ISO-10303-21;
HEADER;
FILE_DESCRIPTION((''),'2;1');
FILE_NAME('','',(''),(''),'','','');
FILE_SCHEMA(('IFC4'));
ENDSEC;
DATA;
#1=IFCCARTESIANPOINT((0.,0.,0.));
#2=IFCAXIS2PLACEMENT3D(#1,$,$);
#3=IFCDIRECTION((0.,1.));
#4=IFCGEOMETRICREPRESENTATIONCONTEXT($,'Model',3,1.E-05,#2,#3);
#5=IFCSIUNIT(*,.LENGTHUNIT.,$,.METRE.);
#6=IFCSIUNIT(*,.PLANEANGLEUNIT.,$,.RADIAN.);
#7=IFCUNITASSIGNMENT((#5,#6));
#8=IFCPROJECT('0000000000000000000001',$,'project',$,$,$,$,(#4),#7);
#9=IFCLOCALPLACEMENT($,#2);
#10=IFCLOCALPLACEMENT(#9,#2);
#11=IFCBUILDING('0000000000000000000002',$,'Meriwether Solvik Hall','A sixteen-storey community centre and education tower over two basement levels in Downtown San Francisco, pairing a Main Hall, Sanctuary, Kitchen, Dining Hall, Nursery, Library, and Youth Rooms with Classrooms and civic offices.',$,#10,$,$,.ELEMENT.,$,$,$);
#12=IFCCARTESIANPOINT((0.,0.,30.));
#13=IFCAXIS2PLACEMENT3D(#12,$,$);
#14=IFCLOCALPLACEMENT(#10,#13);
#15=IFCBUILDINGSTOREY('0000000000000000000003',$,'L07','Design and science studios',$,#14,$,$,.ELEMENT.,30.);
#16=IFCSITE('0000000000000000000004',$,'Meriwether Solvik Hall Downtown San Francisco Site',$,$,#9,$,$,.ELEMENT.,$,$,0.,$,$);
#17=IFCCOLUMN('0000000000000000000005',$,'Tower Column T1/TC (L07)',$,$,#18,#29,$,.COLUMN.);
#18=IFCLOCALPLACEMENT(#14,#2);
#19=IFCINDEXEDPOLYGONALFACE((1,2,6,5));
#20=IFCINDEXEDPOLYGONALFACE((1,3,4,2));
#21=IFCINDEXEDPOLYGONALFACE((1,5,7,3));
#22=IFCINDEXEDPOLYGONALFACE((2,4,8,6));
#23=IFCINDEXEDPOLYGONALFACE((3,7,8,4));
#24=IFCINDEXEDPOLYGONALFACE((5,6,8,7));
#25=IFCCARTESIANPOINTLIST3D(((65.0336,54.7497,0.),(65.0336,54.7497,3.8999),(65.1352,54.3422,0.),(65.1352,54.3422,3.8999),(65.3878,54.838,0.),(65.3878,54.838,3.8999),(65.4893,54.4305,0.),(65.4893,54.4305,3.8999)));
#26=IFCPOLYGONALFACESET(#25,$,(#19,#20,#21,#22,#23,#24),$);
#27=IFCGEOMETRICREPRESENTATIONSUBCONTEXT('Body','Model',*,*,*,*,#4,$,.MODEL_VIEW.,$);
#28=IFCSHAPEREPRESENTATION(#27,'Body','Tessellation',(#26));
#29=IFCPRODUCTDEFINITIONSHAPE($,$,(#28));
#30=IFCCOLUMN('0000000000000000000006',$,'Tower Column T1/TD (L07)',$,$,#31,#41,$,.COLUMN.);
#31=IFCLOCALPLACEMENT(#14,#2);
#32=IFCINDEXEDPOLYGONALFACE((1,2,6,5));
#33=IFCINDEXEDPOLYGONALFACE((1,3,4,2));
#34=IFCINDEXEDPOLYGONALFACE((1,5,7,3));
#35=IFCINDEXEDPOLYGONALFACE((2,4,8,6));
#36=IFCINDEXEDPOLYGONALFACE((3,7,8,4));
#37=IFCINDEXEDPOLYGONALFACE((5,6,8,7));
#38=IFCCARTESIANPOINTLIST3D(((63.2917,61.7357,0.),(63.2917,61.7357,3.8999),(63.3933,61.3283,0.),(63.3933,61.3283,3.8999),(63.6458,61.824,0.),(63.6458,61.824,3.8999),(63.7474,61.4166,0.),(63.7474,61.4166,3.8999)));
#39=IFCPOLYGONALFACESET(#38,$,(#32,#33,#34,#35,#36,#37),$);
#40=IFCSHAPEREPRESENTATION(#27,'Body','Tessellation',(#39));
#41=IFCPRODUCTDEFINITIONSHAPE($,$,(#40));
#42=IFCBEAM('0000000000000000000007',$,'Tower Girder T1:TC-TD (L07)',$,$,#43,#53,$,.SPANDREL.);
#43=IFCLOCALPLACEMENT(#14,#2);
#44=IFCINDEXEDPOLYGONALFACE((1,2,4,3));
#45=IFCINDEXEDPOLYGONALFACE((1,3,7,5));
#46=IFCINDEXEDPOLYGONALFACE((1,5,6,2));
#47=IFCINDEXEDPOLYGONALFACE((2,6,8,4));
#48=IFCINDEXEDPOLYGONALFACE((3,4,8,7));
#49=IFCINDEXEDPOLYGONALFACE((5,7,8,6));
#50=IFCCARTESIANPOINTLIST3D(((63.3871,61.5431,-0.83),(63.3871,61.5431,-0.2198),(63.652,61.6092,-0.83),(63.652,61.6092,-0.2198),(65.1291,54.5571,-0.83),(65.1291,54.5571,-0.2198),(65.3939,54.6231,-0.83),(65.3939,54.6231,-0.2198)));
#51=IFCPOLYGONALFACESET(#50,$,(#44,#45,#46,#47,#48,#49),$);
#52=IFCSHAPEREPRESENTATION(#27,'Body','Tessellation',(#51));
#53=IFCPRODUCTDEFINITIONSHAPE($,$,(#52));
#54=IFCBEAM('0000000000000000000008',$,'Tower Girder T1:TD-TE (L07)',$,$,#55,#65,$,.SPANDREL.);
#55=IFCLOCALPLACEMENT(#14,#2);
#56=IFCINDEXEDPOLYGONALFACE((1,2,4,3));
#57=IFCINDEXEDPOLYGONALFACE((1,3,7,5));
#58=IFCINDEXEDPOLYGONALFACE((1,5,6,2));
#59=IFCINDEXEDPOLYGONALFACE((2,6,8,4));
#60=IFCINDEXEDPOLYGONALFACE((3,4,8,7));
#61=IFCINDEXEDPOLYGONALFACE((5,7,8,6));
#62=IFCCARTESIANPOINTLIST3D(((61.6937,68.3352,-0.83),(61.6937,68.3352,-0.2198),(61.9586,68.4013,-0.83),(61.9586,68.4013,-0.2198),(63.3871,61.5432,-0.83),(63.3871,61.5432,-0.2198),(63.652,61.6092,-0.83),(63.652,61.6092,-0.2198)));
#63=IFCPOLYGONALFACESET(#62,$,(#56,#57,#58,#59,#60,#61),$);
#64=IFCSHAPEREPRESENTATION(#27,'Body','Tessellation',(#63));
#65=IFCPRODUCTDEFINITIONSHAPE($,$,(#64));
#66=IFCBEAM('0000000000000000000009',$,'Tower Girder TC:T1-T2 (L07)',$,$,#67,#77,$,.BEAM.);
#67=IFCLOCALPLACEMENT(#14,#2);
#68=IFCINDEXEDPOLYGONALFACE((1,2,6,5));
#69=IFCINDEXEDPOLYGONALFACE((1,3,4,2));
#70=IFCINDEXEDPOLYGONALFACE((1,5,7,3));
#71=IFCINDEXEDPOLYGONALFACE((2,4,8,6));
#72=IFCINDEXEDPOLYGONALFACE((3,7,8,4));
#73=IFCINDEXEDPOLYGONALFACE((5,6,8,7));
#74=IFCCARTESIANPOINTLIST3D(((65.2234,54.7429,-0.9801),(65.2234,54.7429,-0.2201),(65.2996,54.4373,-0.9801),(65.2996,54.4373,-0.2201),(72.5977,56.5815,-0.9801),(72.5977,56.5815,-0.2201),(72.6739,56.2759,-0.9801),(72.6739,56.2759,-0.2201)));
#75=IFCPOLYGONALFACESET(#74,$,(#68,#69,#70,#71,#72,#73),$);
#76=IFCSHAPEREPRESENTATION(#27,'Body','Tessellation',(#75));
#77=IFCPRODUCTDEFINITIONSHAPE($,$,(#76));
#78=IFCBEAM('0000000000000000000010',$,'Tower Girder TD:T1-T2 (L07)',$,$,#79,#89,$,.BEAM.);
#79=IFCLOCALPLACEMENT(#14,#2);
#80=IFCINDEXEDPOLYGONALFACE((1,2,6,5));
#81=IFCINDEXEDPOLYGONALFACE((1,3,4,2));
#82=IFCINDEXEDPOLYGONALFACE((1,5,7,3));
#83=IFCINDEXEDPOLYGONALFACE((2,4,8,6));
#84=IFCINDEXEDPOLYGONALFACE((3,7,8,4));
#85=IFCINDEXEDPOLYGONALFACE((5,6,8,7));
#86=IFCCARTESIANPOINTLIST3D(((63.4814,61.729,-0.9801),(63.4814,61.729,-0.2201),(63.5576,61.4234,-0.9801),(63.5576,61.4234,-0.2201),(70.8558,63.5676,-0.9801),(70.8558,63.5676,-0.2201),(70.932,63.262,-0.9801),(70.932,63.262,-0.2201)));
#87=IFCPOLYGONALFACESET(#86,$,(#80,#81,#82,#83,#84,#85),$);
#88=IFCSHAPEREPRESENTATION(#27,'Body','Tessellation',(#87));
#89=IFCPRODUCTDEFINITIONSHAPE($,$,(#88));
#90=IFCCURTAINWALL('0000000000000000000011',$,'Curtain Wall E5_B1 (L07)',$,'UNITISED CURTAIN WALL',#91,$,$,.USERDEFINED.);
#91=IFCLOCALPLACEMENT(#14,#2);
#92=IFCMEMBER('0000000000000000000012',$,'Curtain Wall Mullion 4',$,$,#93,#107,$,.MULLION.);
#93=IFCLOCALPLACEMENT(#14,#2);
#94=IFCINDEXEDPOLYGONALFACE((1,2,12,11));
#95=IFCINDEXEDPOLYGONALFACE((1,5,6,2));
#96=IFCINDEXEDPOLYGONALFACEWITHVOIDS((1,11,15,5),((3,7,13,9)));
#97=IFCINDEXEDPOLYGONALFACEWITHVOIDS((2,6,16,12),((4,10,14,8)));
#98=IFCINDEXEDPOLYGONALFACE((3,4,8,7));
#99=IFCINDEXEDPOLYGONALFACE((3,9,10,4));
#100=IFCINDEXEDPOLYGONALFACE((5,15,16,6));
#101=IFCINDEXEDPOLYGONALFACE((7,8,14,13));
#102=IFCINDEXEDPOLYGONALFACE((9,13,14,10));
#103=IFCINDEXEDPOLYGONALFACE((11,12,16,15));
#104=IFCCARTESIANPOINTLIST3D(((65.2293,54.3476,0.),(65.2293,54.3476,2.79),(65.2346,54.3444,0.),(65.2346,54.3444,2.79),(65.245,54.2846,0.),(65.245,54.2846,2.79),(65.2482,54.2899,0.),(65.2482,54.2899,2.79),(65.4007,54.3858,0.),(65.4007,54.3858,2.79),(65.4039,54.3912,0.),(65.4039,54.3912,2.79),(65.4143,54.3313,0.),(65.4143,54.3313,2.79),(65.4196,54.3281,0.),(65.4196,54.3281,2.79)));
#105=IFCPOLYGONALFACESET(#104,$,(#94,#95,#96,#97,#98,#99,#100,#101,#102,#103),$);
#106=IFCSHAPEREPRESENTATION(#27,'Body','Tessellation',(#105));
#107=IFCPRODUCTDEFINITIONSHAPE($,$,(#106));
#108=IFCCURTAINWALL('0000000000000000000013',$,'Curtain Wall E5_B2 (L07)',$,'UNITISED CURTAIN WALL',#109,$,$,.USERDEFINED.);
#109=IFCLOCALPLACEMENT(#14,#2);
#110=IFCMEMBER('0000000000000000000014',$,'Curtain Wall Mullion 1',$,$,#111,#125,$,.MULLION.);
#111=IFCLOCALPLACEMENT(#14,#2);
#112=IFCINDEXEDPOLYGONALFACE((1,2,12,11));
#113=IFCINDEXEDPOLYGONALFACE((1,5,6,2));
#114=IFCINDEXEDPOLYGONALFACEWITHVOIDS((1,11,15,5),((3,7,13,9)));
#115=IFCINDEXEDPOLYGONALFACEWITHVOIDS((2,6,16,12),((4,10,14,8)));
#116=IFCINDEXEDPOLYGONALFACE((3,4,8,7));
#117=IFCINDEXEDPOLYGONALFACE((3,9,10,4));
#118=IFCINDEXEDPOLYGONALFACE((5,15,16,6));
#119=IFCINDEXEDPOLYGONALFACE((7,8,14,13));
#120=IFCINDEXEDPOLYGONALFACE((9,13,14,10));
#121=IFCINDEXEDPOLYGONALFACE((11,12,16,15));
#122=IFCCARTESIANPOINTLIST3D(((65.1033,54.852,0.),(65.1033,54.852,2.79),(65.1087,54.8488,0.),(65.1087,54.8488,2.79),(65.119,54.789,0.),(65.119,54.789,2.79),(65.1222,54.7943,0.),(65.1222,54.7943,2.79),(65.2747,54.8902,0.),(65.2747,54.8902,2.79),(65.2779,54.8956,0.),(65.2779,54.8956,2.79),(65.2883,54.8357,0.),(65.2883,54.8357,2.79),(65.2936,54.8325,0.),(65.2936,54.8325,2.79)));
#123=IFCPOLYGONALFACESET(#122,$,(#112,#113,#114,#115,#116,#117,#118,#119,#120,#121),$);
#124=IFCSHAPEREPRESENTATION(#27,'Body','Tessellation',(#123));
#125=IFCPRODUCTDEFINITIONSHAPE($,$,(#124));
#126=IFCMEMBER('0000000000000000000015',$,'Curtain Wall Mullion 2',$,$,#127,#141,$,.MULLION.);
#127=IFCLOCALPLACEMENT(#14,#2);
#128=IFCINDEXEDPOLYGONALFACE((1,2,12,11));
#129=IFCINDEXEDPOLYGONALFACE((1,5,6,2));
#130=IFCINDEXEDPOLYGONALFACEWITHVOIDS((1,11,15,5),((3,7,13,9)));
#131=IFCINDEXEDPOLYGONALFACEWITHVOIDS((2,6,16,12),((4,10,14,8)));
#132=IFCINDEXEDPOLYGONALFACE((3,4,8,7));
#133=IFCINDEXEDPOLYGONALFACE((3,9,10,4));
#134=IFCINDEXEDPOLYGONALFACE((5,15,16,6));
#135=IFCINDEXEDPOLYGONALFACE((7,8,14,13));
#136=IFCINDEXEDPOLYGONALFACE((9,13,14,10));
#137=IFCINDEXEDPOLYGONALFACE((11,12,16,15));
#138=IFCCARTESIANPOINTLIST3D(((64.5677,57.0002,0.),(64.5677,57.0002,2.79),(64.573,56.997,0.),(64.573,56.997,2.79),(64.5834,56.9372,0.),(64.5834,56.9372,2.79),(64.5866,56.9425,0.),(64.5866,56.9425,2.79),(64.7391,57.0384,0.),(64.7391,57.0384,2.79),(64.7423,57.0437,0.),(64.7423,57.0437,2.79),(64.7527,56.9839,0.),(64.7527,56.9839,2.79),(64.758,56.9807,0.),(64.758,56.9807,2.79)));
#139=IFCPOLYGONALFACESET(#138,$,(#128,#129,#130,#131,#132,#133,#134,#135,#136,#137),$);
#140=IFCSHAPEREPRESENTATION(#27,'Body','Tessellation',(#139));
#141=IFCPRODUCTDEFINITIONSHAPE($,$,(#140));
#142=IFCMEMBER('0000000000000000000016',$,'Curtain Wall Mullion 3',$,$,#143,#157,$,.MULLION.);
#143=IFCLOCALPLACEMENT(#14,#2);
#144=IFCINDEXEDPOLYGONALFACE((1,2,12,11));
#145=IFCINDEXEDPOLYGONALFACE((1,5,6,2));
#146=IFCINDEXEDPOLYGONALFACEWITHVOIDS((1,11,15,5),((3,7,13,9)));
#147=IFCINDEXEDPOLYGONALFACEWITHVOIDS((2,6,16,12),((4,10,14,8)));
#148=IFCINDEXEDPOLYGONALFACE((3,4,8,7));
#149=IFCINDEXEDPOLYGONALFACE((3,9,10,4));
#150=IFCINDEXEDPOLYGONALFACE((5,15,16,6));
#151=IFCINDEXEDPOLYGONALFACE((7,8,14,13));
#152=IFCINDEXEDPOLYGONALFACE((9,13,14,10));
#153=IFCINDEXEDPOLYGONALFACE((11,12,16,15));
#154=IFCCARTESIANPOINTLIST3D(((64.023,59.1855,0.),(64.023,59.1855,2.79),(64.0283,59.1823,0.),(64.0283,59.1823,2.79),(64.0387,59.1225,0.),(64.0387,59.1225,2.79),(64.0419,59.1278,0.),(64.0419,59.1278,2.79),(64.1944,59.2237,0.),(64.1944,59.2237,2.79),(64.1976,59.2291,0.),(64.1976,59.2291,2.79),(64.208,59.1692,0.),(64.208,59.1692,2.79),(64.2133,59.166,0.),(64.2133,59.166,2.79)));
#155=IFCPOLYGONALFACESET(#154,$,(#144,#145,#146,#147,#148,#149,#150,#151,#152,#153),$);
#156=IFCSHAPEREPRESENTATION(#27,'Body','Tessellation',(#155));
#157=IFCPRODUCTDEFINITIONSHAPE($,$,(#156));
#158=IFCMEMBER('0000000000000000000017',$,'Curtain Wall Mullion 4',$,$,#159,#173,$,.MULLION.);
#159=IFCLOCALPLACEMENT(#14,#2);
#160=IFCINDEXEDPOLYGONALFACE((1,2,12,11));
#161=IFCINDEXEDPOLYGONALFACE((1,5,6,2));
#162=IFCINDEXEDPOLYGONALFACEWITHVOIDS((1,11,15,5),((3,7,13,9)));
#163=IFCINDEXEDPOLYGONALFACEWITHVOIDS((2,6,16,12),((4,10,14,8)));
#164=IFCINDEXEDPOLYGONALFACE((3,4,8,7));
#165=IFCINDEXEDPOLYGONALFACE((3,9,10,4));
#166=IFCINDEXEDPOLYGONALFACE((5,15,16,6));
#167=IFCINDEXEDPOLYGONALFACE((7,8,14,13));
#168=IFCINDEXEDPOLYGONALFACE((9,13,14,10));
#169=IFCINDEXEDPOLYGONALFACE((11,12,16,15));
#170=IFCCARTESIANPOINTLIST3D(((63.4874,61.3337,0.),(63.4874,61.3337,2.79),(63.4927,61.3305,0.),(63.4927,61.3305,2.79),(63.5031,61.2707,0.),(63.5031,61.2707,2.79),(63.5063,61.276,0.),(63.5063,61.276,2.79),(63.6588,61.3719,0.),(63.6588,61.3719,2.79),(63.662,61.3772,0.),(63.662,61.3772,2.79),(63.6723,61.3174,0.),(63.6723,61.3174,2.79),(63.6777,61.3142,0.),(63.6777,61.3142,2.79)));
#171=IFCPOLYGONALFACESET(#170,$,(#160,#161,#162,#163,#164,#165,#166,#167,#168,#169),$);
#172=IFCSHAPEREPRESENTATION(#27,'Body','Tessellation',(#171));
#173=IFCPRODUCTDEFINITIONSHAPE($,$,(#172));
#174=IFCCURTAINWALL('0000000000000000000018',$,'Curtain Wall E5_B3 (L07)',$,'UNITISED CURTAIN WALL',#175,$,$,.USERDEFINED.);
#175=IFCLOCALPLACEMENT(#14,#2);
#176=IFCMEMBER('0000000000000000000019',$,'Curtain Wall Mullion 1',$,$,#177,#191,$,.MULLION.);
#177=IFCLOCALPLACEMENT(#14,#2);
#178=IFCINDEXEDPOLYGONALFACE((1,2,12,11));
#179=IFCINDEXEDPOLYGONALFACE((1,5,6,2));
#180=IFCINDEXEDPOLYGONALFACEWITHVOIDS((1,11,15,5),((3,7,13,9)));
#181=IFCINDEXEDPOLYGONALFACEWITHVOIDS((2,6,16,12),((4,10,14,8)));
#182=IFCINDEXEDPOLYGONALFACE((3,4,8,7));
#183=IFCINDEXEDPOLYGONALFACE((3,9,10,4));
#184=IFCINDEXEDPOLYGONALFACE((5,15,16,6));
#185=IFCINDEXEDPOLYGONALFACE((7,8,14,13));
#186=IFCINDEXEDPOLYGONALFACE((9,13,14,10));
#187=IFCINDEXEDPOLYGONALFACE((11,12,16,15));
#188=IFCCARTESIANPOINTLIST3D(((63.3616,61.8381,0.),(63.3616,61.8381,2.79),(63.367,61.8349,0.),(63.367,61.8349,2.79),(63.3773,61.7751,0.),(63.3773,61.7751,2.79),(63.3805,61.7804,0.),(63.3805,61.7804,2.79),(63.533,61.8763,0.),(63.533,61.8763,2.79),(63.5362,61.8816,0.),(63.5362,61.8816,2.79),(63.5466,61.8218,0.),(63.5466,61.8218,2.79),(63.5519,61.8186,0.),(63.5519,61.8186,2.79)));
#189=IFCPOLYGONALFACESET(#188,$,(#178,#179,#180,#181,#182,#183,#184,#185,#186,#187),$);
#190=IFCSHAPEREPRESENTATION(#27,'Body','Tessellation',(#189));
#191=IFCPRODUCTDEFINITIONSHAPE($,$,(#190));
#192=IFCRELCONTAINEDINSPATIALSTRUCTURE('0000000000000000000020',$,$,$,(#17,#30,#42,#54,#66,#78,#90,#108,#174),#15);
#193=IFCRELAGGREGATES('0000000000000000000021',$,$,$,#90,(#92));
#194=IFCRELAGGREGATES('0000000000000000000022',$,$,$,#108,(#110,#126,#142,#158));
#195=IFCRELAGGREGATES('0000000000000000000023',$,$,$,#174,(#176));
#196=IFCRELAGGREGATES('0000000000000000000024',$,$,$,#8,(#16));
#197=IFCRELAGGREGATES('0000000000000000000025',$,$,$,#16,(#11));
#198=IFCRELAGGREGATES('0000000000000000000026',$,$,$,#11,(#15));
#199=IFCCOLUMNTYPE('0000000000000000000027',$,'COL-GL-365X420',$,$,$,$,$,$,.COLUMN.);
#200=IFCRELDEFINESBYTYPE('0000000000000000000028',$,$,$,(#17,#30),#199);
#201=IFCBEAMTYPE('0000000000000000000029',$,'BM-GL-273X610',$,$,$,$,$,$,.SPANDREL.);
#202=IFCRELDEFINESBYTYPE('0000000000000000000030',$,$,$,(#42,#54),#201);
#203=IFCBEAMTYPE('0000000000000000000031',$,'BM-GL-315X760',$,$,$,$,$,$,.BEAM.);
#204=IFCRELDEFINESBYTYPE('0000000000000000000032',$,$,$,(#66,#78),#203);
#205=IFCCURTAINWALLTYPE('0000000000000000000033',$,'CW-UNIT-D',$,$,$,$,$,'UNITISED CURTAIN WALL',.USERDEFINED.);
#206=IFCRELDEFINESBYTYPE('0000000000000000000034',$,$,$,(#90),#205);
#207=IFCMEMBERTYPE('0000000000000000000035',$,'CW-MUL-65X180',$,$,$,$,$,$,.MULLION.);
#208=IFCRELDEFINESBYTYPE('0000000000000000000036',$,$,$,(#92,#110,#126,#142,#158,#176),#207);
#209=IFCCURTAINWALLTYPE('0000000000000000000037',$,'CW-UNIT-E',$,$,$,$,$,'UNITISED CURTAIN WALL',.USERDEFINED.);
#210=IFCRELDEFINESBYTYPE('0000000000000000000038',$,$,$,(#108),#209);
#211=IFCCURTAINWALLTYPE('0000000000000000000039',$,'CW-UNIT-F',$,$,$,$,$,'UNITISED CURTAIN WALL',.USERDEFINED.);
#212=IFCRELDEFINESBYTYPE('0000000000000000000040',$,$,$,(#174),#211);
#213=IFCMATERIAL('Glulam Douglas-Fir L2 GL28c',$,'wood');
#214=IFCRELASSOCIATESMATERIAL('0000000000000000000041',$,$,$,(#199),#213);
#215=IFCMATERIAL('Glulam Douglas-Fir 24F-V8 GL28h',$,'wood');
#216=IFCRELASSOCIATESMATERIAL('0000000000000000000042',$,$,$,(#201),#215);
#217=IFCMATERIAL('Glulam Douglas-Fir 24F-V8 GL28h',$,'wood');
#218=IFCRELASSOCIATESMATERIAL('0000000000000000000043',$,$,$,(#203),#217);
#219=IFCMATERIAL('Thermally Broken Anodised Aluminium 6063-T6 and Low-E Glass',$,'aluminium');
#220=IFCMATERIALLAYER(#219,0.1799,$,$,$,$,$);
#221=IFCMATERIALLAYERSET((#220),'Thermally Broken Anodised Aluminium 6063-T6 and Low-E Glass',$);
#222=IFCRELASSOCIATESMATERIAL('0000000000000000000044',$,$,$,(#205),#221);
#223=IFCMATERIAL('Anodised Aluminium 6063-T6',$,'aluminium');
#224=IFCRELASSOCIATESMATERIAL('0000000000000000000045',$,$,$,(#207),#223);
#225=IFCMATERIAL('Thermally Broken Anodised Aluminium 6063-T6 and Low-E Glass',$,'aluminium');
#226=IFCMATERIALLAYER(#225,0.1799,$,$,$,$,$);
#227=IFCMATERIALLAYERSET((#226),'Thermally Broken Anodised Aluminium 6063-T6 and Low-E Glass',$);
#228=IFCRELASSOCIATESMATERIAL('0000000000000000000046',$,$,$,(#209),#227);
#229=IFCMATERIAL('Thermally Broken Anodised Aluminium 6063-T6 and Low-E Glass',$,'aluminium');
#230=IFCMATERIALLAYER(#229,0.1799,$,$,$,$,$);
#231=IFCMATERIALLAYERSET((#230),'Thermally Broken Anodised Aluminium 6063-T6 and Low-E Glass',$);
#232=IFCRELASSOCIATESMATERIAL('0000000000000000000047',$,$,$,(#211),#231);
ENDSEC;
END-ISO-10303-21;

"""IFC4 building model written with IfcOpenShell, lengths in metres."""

from ifc_helpers import new_model, si_unit, direction, frame, origin, origin_2d, place, context, subcontext, project, spatial, rectangle, hollow_rectangle, extrude, material, layer, layer_set, material_profile, profile_set, type_object, element, aggregate, save


model = new_model("IFC4")

# Units and contexts
model_context = context("Model", 3, precision=1e-05, world=origin(), true_north=direction((0.0, 1.0)))
body_context = subcontext(model_context, "Body", "Model", "MODEL_VIEW")
ifc_project = project(units=[si_unit("LENGTHUNIT", "METRE"), si_unit("PLANEANGLEUNIT", "RADIAN")], contexts=[model_context])

# Site, building, storey
site_placement = place(None, origin())
site = spatial("IfcSite", under=ifc_project, at=site_placement, Name="Meriwether Solvik Hall Downtown San Francisco Site", CompositionType="ELEMENT", RefElevation=0.0)
building_placement = place(site_placement, origin())
building = spatial("IfcBuilding", under=site, at=building_placement, Name="Meriwether Solvik Hall", Description="A sixteen-storey community centre and education tower over two basement levels in Downtown San Francisco, pairing a Main Hall, Sanctuary, Kitchen, Dining Hall, Nursery, Library, and Youth Rooms with Classrooms and civic offices.", CompositionType="ELEMENT")
storey_placement = place(building_placement, frame((0.0, 0.0, 30.0)))
storey = spatial("IfcBuildingStorey", under=building, at=storey_placement, Name="L07", Description="Design and science studios", CompositionType="ELEMENT", Elevation=30.0)

# Columns
ifc_material_1 = material(Name="Glulam Douglas-Fir L2 GL28c", Category="wood")
ifc_material_profile_1 = material_profile(ifc_material_1, rectangle(XDim=0.365, YDim=0.4199, at=origin_2d()), Name="GLC-365X420")
ifc_profile_set_1 = profile_set([ifc_material_profile_1], Name="Glulam Douglas-Fir L2 GL28c")
column_type = type_object("IfcColumnType", Name="COL-GL-365X420", PredefinedType="COLUMN", material=ifc_profile_set_1)
for number, where, z_axis, x_axis, name in (
    (1, (65.2615, 54.5901, 0.0), (0.0, 0.0, 1.0), (0.970296, 0.241922, 0.0), "Tower Column T1/TC (L07)"),
    (2, (63.5195, 61.5762, 0.0), (0.0, 0.0, 1.0), (0.970296, 0.241922, 0.0), "Tower Column T1/TD (L07)"),
):
    element("IfcColumn", number, at=place(storey_placement, frame(where, z_axis=z_axis, x_axis=x_axis)), inside=storey, type_object=column_type, Name=name, PredefinedType="COLUMN", context=body_context, shape_type="SweptSolid", body=[
        extrude(rectangle(XDim=0.365, YDim=0.4199, at=origin_2d()), origin(), (0.0, 0.0, 1.0), 3.8999),
    ])

# Beams
ifc_material_2 = material(Name="Glulam Douglas-Fir 24F-V8 GL28h", Category="wood")
ifc_material_profile_2 = material_profile(ifc_material_2, rectangle(XDim=0.2729, YDim=0.6101, at=origin_2d()), Name="GLB-273X610")
ifc_profile_set_2 = profile_set([ifc_material_profile_2], Name="Glulam Douglas-Fir 24F-V8 GL28h")
beam_type_1 = type_object("IfcBeamType", Name="BM-GL-273X610", PredefinedType="SPANDREL", material=ifc_profile_set_2)
beam_1_placement = place(storey_placement, frame((65.2615, 54.5901, -0.5249), z_axis=(-0.241937, 0.970292, 0.0), x_axis=(-0.970292, -0.241937, 0.0)))
element("IfcBeam", 3, at=beam_1_placement, inside=storey, type_object=beam_type_1, Name="Tower Girder T1:TC-TD (L07)", PredefinedType="SPANDREL", context=body_context, shape_type="SweptSolid", body=[
    extrude(rectangle(XDim=0.2729, YDim=0.6101, at=origin_2d()), origin(), (0.0, 0.0, 1.0), 7.2),
])
beam_2_placement = place(storey_placement, frame((63.5195, 61.5762, -0.5249), z_axis=(-0.241912, 0.970298, 0.0), x_axis=(-0.970298, -0.241912, 0.0)))
element("IfcBeam", 4, at=beam_2_placement, inside=storey, type_object=beam_type_1, Name="Tower Girder T1:TD-TE (L07)", PredefinedType="SPANDREL", context=body_context, shape_type="SweptSolid", body=[
    extrude(rectangle(XDim=0.2729, YDim=0.6101, at=origin_2d()), origin(), (0.0, 0.0, 1.0), 7.0),
])
ifc_material_3 = material(Name="Glulam Douglas-Fir 24F-V8 GL28h", Category="wood")
ifc_material_profile_3 = material_profile(ifc_material_3, rectangle(XDim=0.3149, YDim=0.76, at=origin_2d()), Name="GLB-315X760")
ifc_profile_set_3 = profile_set([ifc_material_profile_3], Name="Glulam Douglas-Fir 24F-V8 GL28h")
beam_type_2 = type_object("IfcBeamType", Name="BM-GL-315X760", PredefinedType="BEAM", material=ifc_profile_set_3)
for number, where, z_axis, x_axis, name in (
    (5, (65.2615, 54.5901, -0.6001), (0.970295, 0.241923, 0.0), (-0.241923, 0.970295, 0.0), "Tower Girder TC:T1-T2 (L07)"),
    (6, (63.5195, 61.5762, -0.6001), (0.970295, 0.241923, 0.0), (-0.241923, 0.970295, 0.0), "Tower Girder TD:T1-T2 (L07)"),
):
    element("IfcBeam", number, at=place(storey_placement, frame(where, z_axis=z_axis, x_axis=x_axis)), inside=storey, type_object=beam_type_2, Name=name, PredefinedType="BEAM", context=body_context, shape_type="SweptSolid", body=[
        extrude(rectangle(XDim=0.3149, YDim=0.76, at=origin_2d()), origin(), (0.0, 0.0, 1.0), 7.6001),
    ])

# Curtain wall, member
ifc_material_4 = material(Name="Thermally Broken Anodised Aluminium 6063-T6 and Low-E Glass", Category="aluminium")
ifc_layer_1 = layer(ifc_material_4, 0.1799)
ifc_layer_set_1 = layer_set([ifc_layer_1], Name="Thermally Broken Anodised Aluminium 6063-T6 and Low-E Glass")
curtain_wall_type_1 = type_object("IfcCurtainWallType", Name="CW-UNIT-D", ElementType="UNITISED CURTAIN WALL", PredefinedType="USERDEFINED", material=ifc_layer_set_1)
curtain_wall_1_placement = place(storey_placement, origin())
curtain_wall_1 = element("IfcCurtainWall", 7, at=curtain_wall_1_placement, inside=storey, type_object=curtain_wall_type_1, Name="Curtain Wall E5_B1 (L07)", ObjectType="UNITISED CURTAIN WALL", PredefinedType="USERDEFINED")
ifc_material_5 = material(Name="Anodised Aluminium 6063-T6", Category="aluminium")
ifc_material_profile_4 = material_profile(ifc_material_5, hollow_rectangle(XDim=0.0649, YDim=0.1799, WallThickness=0.0044, at=origin_2d()), Name="CWM-65X180")
ifc_profile_set_4 = profile_set([ifc_material_profile_4], Name="Anodised Aluminium 6063-T6")
member_type_1 = type_object("IfcMemberType", Name="CW-MUL-65X180", PredefinedType="MULLION", material=ifc_profile_set_4)
member_1_placement = place(storey_placement, frame((65.3245, 54.3379, 0.0), z_axis=(0.0, 0.0, 1.0), x_axis=(-0.241922, 0.970296, 0.0)))
member_1 = element("IfcMember", 8, at=member_1_placement, type_object=member_type_1, Name="Curtain Wall Mullion 4", PredefinedType="MULLION", context=body_context, shape_type="SweptSolid", body=[
    extrude(hollow_rectangle(XDim=0.0649, YDim=0.1799, WallThickness=0.0044, at=origin_2d()), origin(), (0.0, 0.0, 1.0), 2.79),
])

# Curtain wall, members
ifc_material_6 = material(Name="Thermally Broken Anodised Aluminium 6063-T6 and Low-E Glass", Category="aluminium")
ifc_layer_2 = layer(ifc_material_6, 0.1799)
ifc_layer_set_2 = layer_set([ifc_layer_2], Name="Thermally Broken Anodised Aluminium 6063-T6 and Low-E Glass")
curtain_wall_type_2 = type_object("IfcCurtainWallType", Name="CW-UNIT-E", ElementType="UNITISED CURTAIN WALL", PredefinedType="USERDEFINED", material=ifc_layer_set_2)
curtain_wall_2_placement = place(storey_placement, origin())
curtain_wall_2 = element("IfcCurtainWall", 9, at=curtain_wall_2_placement, inside=storey, type_object=curtain_wall_type_2, Name="Curtain Wall E5_B2 (L07)", ObjectType="UNITISED CURTAIN WALL", PredefinedType="USERDEFINED")
member_2_placement = place(storey_placement, frame((65.1985, 54.8423, 0.0), z_axis=(0.0, 0.0, 1.0), x_axis=(-0.241922, 0.970296, 0.0)))
member_2 = element("IfcMember", 10, at=member_2_placement, type_object=member_type_1, Name="Curtain Wall Mullion 1", PredefinedType="MULLION", context=body_context, shape_type="SweptSolid", body=[
    extrude(hollow_rectangle(XDim=0.0649, YDim=0.1799, WallThickness=0.0044, at=origin_2d()), origin(), (0.0, 0.0, 1.0), 2.79),
])
member_3_placement = place(storey_placement, frame((64.6628, 56.9905, 0.0), z_axis=(0.0, 0.0, 1.0), x_axis=(-0.241922, 0.970296, 0.0)))
member_3 = element("IfcMember", 11, at=member_3_placement, type_object=member_type_1, Name="Curtain Wall Mullion 2", PredefinedType="MULLION", context=body_context, shape_type="SweptSolid", body=[
    extrude(hollow_rectangle(XDim=0.0649, YDim=0.1799, WallThickness=0.0044, at=origin_2d()), origin(), (0.0, 0.0, 1.0), 2.79),
])
member_4_placement = place(storey_placement, frame((64.1182, 59.1758, 0.0), z_axis=(0.0, 0.0, 1.0), x_axis=(-0.241922, 0.970296, 0.0)))
member_4 = element("IfcMember", 12, at=member_4_placement, type_object=member_type_1, Name="Curtain Wall Mullion 3", PredefinedType="MULLION", context=body_context, shape_type="SweptSolid", body=[
    extrude(hollow_rectangle(XDim=0.0649, YDim=0.1799, WallThickness=0.0044, at=origin_2d()), origin(), (0.0, 0.0, 1.0), 2.79),
])
member_5_placement = place(storey_placement, frame((63.5825, 61.324, 0.0), z_axis=(0.0, 0.0, 1.0), x_axis=(-0.241922, 0.970296, 0.0)))
member_5 = element("IfcMember", 13, at=member_5_placement, type_object=member_type_1, Name="Curtain Wall Mullion 4", PredefinedType="MULLION", context=body_context, shape_type="SweptSolid", body=[
    extrude(hollow_rectangle(XDim=0.0649, YDim=0.1799, WallThickness=0.0044, at=origin_2d()), origin(), (0.0, 0.0, 1.0), 2.79),
])

# Curtain wall, member
ifc_material_7 = material(Name="Thermally Broken Anodised Aluminium 6063-T6 and Low-E Glass", Category="aluminium")
ifc_layer_3 = layer(ifc_material_7, 0.1799)
ifc_layer_set_3 = layer_set([ifc_layer_3], Name="Thermally Broken Anodised Aluminium 6063-T6 and Low-E Glass")
curtain_wall_type_3 = type_object("IfcCurtainWallType", Name="CW-UNIT-F", ElementType="UNITISED CURTAIN WALL", PredefinedType="USERDEFINED", material=ifc_layer_set_3)
curtain_wall_3_placement = place(storey_placement, origin())
curtain_wall_3 = element("IfcCurtainWall", 14, at=curtain_wall_3_placement, inside=storey, type_object=curtain_wall_type_3, Name="Curtain Wall E5_B3 (L07)", ObjectType="UNITISED CURTAIN WALL", PredefinedType="USERDEFINED")
member_6_placement = place(storey_placement, frame((63.4568, 61.8284, 0.0), z_axis=(0.0, 0.0, 1.0), x_axis=(-0.241922, 0.970296, 0.0)))
member_6 = element("IfcMember", 15, at=member_6_placement, type_object=member_type_1, Name="Curtain Wall Mullion 1", PredefinedType="MULLION", context=body_context, shape_type="SweptSolid", body=[
    extrude(hollow_rectangle(XDim=0.0649, YDim=0.1799, WallThickness=0.0044, at=origin_2d()), origin(), (0.0, 0.0, 1.0), 2.79),
])

aggregate(curtain_wall_1, [member_1])
aggregate(curtain_wall_2, [member_2, member_3, member_4, member_5])
aggregate(curtain_wall_3, [member_6])

save(model, "model.ifc")
